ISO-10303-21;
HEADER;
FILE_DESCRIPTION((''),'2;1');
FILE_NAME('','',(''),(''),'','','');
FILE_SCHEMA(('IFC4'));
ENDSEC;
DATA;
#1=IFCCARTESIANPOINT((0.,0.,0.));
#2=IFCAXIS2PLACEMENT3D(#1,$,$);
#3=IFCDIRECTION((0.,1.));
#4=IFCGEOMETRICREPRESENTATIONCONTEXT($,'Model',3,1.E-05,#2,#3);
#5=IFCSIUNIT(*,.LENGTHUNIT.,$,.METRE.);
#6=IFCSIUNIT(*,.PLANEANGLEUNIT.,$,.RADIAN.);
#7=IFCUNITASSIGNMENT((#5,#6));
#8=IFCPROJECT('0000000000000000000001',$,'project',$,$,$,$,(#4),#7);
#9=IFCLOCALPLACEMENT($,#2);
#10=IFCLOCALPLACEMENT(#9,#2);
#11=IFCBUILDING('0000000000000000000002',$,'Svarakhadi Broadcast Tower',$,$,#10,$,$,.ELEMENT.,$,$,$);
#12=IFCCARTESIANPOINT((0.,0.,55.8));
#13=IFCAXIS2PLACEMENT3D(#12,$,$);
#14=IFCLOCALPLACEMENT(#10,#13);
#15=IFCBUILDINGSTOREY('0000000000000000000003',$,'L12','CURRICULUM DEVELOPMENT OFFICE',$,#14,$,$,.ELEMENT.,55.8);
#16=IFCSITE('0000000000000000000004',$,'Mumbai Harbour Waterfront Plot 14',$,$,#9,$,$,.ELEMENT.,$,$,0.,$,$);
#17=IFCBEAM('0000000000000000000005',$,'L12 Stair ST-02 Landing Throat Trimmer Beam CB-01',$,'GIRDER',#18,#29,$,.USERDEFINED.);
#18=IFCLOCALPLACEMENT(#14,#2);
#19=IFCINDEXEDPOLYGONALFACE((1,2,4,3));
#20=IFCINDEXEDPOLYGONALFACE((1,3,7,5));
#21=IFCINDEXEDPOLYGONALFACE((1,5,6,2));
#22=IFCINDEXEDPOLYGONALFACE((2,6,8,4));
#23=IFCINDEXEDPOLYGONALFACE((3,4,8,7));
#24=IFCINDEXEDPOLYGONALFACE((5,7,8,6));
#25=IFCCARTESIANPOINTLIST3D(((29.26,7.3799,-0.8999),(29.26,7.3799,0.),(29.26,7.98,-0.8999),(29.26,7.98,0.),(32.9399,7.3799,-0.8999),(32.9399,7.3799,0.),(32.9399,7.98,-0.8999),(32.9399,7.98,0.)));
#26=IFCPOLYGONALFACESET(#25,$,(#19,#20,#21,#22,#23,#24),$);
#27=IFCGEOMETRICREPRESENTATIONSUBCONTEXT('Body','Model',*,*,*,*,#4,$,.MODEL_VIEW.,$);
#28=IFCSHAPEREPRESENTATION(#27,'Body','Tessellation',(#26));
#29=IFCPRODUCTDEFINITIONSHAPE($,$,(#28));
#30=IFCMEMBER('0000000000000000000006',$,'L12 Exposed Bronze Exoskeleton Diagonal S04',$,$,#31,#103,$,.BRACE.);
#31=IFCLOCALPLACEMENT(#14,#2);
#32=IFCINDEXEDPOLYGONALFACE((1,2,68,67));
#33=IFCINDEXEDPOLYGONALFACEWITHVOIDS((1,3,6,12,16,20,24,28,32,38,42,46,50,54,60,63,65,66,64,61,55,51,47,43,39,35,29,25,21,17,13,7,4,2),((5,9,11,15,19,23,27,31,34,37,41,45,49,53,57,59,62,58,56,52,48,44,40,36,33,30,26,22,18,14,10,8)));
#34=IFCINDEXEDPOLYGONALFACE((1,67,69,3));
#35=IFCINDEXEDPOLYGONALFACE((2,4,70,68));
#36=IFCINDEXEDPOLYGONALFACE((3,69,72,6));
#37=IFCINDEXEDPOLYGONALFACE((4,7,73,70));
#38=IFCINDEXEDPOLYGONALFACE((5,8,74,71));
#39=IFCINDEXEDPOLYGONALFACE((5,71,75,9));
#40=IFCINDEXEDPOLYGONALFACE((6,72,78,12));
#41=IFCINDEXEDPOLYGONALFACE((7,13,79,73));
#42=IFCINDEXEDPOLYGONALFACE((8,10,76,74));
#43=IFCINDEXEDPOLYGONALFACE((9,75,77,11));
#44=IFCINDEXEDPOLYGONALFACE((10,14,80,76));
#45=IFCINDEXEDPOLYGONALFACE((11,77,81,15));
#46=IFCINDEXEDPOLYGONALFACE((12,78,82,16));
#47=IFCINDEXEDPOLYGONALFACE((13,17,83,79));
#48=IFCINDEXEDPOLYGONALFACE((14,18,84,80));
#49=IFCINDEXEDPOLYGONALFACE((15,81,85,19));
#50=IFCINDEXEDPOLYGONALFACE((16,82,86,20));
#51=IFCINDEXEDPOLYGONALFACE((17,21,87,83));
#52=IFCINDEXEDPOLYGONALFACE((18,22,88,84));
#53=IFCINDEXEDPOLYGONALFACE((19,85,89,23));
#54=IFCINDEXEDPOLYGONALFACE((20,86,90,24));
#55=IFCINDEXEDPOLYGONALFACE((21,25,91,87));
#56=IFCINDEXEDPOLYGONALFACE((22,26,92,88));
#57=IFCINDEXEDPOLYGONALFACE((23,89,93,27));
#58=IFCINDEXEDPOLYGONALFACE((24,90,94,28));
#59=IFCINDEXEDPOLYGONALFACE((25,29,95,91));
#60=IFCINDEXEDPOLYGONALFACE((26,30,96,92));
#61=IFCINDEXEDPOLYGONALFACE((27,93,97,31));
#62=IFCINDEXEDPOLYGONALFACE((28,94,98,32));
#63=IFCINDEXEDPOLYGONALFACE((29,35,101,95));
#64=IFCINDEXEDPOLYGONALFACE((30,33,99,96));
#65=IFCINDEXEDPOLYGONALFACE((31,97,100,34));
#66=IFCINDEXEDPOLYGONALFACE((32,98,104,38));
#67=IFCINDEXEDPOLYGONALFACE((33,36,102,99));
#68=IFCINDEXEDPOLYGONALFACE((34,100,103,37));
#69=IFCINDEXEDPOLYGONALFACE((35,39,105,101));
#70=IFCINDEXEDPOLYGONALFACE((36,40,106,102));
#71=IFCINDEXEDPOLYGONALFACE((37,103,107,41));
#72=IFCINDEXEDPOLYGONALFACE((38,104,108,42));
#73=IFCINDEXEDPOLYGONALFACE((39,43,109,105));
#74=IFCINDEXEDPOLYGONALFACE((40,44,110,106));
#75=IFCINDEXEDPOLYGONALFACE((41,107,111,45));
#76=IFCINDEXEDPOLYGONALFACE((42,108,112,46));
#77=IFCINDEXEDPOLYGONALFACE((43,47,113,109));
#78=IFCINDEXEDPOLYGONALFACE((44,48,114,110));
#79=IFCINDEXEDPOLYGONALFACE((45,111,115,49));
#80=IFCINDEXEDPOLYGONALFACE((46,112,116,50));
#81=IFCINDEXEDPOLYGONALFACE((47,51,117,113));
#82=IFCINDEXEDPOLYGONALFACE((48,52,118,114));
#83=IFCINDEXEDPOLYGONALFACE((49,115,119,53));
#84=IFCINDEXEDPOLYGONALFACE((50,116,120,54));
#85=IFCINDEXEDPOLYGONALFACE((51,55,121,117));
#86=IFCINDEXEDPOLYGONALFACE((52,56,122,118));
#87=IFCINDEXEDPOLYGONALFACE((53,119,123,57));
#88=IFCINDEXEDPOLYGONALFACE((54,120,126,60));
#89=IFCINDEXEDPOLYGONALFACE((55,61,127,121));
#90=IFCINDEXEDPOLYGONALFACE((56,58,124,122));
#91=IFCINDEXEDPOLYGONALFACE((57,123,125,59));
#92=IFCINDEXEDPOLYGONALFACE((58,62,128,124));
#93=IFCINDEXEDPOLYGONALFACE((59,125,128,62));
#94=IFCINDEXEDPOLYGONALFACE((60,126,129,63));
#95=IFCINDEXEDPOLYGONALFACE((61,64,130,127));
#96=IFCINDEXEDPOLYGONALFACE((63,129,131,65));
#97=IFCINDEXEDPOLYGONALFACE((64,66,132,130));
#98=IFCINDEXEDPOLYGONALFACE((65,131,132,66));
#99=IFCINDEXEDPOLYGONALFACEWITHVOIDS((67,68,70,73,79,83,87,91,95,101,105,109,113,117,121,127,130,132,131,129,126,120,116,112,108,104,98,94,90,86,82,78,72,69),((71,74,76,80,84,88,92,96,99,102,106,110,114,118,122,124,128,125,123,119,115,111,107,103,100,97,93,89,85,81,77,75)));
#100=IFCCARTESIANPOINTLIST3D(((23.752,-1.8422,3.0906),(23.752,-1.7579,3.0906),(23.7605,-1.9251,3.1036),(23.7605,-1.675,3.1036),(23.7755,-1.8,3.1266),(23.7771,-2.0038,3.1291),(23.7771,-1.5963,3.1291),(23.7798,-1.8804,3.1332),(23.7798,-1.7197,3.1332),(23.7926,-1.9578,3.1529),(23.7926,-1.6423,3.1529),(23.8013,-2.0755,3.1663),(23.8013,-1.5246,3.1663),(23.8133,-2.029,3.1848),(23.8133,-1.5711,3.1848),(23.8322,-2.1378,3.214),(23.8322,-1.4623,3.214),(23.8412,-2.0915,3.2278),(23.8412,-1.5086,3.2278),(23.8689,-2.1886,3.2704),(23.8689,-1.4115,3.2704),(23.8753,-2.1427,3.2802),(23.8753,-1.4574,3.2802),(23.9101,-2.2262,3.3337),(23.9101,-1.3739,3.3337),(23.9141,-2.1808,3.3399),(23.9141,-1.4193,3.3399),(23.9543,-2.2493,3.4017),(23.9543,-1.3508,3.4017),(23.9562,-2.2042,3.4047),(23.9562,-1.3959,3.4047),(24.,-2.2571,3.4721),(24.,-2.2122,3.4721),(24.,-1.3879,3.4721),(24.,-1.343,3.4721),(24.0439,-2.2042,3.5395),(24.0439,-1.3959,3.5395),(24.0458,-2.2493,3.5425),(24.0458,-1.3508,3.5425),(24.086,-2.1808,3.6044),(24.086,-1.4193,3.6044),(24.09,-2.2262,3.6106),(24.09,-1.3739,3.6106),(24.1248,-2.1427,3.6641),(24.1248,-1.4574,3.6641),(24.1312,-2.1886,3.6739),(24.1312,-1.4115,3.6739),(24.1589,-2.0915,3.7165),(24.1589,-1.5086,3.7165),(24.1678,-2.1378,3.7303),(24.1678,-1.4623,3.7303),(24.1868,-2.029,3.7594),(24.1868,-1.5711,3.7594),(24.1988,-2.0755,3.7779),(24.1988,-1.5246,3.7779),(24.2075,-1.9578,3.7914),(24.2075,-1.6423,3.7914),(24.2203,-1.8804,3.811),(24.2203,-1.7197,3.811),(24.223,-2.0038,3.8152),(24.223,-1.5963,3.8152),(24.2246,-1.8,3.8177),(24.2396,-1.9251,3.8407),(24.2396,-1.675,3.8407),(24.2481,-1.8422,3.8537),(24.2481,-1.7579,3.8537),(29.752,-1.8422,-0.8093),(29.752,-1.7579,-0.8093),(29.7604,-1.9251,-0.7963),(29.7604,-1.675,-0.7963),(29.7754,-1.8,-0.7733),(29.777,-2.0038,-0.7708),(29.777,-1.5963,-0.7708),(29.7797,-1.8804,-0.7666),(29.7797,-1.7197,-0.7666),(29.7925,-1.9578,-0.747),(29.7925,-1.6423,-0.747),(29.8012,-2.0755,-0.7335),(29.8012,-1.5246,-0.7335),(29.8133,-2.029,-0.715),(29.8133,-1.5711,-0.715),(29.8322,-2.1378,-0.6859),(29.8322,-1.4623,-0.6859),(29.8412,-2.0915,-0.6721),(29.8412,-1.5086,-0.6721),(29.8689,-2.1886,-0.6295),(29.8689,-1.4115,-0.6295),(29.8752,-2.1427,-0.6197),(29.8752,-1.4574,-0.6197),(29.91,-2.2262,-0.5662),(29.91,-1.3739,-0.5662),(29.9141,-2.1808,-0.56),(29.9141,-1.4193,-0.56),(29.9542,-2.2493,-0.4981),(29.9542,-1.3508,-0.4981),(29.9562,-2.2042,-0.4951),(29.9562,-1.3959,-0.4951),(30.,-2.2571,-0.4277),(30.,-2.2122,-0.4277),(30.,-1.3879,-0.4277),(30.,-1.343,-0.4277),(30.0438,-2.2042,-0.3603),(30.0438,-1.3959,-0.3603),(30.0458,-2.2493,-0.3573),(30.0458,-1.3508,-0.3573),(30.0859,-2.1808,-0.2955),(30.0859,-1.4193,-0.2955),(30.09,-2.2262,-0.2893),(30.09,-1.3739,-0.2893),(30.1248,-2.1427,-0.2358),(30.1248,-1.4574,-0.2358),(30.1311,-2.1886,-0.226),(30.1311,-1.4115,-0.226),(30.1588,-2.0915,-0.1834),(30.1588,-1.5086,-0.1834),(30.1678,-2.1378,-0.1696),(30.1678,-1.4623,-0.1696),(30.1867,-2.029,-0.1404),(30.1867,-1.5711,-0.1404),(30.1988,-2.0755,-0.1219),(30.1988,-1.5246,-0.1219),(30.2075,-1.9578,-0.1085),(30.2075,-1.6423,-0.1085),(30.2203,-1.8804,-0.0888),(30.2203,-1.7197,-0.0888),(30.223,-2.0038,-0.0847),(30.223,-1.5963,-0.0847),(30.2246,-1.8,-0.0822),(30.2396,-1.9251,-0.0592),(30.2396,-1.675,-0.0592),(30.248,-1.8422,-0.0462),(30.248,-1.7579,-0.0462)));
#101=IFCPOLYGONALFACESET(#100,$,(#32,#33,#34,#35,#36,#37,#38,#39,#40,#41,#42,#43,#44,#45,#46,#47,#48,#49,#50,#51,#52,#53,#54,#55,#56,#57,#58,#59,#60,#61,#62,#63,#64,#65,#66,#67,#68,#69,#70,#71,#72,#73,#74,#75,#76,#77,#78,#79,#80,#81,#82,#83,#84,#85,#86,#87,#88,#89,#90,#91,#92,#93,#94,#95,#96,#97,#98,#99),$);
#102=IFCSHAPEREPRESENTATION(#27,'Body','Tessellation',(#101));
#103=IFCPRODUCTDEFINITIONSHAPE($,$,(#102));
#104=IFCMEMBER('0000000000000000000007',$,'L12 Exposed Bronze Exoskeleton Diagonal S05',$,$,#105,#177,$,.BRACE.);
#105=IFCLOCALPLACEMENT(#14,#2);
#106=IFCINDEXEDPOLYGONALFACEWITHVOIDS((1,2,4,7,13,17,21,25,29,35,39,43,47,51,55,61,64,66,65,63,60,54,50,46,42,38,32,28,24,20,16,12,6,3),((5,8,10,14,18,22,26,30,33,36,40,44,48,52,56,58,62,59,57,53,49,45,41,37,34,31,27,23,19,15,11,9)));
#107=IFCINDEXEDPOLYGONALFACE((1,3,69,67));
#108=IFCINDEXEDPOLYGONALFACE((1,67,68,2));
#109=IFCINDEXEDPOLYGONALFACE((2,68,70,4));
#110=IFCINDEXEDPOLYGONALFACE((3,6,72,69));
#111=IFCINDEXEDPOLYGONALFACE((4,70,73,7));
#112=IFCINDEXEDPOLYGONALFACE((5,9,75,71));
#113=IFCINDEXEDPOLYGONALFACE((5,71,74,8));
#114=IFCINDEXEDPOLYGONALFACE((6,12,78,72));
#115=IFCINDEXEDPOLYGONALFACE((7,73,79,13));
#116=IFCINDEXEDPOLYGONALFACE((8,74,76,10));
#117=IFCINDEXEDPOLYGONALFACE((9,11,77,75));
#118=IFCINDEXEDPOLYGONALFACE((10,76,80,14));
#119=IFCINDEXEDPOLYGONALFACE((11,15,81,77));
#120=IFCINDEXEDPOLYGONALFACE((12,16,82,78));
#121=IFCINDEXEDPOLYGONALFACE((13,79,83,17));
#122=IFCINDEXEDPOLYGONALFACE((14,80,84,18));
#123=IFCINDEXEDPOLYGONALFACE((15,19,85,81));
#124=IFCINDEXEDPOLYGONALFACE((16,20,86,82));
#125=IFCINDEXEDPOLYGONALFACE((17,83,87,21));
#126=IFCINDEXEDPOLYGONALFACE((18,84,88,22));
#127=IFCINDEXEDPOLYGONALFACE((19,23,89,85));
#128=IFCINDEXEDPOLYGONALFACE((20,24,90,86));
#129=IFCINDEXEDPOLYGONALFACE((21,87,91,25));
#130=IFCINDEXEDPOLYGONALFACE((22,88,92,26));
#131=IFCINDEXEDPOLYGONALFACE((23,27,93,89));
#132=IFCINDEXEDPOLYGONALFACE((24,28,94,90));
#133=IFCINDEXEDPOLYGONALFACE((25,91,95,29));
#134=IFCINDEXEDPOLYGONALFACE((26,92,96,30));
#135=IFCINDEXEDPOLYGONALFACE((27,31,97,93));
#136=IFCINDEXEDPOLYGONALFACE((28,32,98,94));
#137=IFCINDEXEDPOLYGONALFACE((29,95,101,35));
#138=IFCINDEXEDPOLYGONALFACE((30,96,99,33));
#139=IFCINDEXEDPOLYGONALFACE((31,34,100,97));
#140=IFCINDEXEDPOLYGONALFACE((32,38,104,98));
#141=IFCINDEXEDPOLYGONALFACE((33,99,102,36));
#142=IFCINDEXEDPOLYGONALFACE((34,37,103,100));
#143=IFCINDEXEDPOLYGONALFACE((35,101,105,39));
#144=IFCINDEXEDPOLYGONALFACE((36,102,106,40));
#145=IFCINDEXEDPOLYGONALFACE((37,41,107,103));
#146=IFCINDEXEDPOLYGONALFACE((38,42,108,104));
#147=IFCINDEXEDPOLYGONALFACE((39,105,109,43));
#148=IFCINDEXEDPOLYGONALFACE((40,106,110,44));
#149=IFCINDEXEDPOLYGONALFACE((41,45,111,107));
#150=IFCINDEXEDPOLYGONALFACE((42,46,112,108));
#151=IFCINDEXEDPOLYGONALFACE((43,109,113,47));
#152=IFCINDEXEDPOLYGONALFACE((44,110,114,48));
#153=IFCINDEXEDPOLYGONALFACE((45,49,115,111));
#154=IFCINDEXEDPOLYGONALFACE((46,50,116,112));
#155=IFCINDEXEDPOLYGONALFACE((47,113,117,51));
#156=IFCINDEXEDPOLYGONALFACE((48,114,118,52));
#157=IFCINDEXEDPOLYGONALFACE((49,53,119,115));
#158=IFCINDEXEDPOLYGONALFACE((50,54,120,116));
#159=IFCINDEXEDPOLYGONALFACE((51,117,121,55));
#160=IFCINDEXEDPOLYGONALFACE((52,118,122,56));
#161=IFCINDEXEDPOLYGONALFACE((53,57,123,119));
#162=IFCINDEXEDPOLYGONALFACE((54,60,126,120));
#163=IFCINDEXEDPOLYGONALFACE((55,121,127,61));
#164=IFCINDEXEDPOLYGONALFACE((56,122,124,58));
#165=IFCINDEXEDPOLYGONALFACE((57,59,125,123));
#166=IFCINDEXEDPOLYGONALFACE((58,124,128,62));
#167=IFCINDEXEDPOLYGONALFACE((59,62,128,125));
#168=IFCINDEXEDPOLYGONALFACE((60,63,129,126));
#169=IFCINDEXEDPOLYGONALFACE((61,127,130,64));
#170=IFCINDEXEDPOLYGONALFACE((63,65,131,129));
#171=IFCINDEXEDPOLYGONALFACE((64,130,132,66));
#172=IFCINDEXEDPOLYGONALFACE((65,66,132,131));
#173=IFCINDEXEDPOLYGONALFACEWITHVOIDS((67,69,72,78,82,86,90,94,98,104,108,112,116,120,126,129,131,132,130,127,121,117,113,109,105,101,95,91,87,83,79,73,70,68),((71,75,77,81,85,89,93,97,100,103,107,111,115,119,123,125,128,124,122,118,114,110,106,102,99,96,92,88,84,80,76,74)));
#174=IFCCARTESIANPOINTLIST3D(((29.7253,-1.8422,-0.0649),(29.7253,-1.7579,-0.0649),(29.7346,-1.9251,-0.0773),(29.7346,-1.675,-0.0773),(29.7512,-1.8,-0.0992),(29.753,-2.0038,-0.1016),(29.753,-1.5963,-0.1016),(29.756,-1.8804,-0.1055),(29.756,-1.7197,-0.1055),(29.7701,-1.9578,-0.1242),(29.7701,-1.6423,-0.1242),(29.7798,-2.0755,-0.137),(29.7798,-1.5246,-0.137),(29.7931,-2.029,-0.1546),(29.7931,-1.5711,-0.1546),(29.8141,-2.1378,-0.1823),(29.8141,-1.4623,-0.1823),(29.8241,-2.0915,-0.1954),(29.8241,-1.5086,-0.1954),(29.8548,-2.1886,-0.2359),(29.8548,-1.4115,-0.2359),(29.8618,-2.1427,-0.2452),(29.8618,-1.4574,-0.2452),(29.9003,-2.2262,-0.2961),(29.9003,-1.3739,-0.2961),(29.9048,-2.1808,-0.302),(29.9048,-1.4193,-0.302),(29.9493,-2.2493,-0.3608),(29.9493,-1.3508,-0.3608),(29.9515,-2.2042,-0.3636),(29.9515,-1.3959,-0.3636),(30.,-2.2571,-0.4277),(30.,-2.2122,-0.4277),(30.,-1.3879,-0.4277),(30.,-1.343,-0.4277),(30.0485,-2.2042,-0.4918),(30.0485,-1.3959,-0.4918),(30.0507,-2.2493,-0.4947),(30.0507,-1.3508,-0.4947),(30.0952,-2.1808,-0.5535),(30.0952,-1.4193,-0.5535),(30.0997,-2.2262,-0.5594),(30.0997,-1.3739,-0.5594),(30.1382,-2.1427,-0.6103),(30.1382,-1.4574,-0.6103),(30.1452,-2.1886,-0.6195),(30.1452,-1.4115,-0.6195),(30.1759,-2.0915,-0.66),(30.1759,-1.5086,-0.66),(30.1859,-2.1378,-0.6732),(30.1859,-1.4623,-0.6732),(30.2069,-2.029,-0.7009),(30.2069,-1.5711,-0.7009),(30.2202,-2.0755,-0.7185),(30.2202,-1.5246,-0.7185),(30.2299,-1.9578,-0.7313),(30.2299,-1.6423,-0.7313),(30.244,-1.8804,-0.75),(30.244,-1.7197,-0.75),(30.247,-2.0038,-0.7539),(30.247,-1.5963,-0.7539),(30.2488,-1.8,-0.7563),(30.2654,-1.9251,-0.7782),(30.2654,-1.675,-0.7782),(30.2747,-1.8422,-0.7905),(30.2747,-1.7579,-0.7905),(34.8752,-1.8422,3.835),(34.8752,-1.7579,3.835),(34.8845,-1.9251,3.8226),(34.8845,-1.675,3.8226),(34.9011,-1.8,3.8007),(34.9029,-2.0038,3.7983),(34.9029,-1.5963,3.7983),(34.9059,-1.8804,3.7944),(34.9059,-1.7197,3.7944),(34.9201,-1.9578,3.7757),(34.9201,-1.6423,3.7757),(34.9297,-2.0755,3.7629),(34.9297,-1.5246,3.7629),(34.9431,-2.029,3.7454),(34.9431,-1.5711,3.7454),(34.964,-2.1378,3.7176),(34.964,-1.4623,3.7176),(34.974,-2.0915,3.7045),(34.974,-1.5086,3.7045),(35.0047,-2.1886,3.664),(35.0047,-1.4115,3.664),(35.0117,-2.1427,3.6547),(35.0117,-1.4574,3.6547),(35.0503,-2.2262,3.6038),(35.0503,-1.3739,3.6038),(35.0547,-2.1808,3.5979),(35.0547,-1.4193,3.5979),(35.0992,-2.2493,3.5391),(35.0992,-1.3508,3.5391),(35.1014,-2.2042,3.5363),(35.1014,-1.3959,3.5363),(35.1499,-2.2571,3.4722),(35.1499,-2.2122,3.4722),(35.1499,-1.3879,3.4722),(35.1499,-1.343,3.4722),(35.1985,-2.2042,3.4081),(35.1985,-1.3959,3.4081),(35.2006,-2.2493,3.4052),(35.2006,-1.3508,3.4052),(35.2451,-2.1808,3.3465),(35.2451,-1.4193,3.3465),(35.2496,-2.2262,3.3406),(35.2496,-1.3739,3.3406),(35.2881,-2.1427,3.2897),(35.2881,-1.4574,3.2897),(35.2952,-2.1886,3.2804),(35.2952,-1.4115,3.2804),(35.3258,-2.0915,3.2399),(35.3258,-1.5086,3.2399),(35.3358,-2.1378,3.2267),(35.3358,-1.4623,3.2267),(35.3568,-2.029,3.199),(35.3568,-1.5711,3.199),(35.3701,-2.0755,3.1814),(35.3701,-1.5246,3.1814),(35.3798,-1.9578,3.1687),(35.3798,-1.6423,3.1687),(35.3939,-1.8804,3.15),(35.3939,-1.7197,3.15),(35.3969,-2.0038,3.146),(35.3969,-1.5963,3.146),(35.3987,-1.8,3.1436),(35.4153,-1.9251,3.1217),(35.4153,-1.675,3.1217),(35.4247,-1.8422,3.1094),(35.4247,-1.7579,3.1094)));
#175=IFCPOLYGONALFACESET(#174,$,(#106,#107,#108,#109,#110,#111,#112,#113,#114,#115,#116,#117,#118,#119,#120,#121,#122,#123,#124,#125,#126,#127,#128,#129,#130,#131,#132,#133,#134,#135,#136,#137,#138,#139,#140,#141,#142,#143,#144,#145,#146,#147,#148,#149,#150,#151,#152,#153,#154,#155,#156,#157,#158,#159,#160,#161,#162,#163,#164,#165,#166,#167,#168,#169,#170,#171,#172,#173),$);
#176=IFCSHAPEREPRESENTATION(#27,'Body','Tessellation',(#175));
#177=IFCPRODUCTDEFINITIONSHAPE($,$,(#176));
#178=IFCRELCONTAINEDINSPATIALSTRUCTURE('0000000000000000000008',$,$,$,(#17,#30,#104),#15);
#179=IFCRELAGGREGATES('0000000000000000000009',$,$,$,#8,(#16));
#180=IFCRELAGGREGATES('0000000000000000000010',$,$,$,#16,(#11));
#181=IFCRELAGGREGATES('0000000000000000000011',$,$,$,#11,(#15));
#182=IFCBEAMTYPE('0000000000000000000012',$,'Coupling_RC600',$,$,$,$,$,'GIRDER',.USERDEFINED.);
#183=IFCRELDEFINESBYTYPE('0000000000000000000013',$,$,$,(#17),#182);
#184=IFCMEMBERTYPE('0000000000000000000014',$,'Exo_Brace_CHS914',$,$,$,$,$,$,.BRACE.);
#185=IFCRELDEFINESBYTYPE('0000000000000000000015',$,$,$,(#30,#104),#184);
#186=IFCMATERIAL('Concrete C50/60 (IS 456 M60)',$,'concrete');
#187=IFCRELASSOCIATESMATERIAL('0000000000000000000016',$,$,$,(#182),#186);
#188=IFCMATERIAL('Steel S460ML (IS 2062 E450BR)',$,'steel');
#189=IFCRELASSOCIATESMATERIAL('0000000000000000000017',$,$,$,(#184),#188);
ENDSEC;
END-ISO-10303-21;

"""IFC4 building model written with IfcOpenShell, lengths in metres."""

from ifc_helpers import new_model, si_unit, direction, frame, origin, origin_2d, place, context, subcontext, project, spatial, rectangle, hollow_circle, extrude, material, material_profile, profile_set, type_object, element, save


model = new_model("IFC4")

# Units and contexts
model_context = context("Model", 3, precision=1e-05, world=origin(), true_north=direction((0.0, 1.0)))
body_context = subcontext(model_context, "Body", "Model", "MODEL_VIEW")
ifc_project = project(units=[si_unit("LENGTHUNIT", "METRE"), si_unit("PLANEANGLEUNIT", "RADIAN")], contexts=[model_context])

# Site, building, storey
site_placement = place(None, origin())
site = spatial("IfcSite", under=ifc_project, at=site_placement, Name="Mumbai Harbour Waterfront Plot 14", CompositionType="ELEMENT", RefElevation=0.0)
building_placement = place(site_placement, origin())
building = spatial("IfcBuilding", under=site, at=building_placement, Name="Svarakhadi Broadcast Tower", CompositionType="ELEMENT")
storey_placement = place(building_placement, frame((0.0, 0.0, 55.8)))
storey = spatial("IfcBuildingStorey", under=building, at=storey_placement, Name="L12", Description="CURRICULUM DEVELOPMENT OFFICE", CompositionType="ELEMENT", Elevation=55.8)

# Shared definitions
ifc_material_1 = material(Name="Steel S460ML (IS 2062 E450BR)", Category="steel")

# Beam
ifc_material_2 = material(Name="Concrete C50/60 (IS 456 M60)", Category="concrete")
ifc_material_profile_1 = material_profile(ifc_material_2, rectangle(XDim=0.6001, YDim=0.8999, at=origin_2d()), Name="RC 600x900")
ifc_profile_set_1 = profile_set([ifc_material_profile_1], Name="Concrete C50/60 (IS 456 M60)")
beam_type_1 = type_object("IfcBeamType", Name="Coupling_RC600", ElementType="GIRDER", PredefinedType="USERDEFINED", material=ifc_profile_set_1)
beam_1_placement = place(storey_placement, frame((29.26, 7.6799, -0.45), z_axis=(1.0, 0.0, 0.0), x_axis=(0.0, 1.0, 0.0)))
element("IfcBeam", 1, at=beam_1_placement, inside=storey, type_object=beam_type_1, Name="L12 Stair ST-02 Landing Throat Trimmer Beam CB-01", ObjectType="GIRDER", PredefinedType="USERDEFINED", context=body_context, shape_type="SweptSolid", body=[
    extrude(rectangle(XDim=0.6001, YDim=0.8999, at=origin_2d()), origin(), (0.0, 0.0, 1.0), 3.6799),
])

# Members
ifc_material_profile_2 = material_profile(ifc_material_1, hollow_circle(Radius=0.457, WallThickness=0.0449, at=origin_2d()), Name="CHS 914x45")
ifc_profile_set_2 = profile_set([ifc_material_profile_2], Name="Steel S460ML (IS 2062 E450BR)")
member_type_1 = type_object("IfcMemberType", Name="Exo_Brace_CHS914", PredefinedType="BRACE", material=ifc_profile_set_2)
member_1_placement = place(storey_placement, frame((30.0, -1.8, -0.4277), z_axis=(-0.83845, 0.0, 0.544979), x_axis=(0.0, -1.0, 0.0)))
element("IfcMember", 2, at=member_1_placement, inside=storey, type_object=member_type_1, Name="L12 Exposed Bronze Exoskeleton Diagonal S04", PredefinedType="BRACE", context=body_context, shape_type="SweptSolid", body=[
    extrude(hollow_circle(Radius=0.457, WallThickness=0.0449, at=origin_2d()), origin(), (0.0, 0.0, 1.0), 7.156),
])
member_2_placement = place(storey_placement, frame((30.0, -1.8, -0.4277), z_axis=(0.797207, 0.0, 0.603706), x_axis=(0.0, 1.0, 0.0)))
element("IfcMember", 3, at=member_2_placement, inside=storey, type_object=member_type_1, Name="L12 Exposed Bronze Exoskeleton Diagonal S05", PredefinedType="BRACE", context=body_context, shape_type="SweptSolid", body=[
    extrude(hollow_circle(Radius=0.457, WallThickness=0.0449, at=origin_2d()), origin(), (0.0, 0.0, 1.0), 6.46),
])

save(model, "model.ifc")
